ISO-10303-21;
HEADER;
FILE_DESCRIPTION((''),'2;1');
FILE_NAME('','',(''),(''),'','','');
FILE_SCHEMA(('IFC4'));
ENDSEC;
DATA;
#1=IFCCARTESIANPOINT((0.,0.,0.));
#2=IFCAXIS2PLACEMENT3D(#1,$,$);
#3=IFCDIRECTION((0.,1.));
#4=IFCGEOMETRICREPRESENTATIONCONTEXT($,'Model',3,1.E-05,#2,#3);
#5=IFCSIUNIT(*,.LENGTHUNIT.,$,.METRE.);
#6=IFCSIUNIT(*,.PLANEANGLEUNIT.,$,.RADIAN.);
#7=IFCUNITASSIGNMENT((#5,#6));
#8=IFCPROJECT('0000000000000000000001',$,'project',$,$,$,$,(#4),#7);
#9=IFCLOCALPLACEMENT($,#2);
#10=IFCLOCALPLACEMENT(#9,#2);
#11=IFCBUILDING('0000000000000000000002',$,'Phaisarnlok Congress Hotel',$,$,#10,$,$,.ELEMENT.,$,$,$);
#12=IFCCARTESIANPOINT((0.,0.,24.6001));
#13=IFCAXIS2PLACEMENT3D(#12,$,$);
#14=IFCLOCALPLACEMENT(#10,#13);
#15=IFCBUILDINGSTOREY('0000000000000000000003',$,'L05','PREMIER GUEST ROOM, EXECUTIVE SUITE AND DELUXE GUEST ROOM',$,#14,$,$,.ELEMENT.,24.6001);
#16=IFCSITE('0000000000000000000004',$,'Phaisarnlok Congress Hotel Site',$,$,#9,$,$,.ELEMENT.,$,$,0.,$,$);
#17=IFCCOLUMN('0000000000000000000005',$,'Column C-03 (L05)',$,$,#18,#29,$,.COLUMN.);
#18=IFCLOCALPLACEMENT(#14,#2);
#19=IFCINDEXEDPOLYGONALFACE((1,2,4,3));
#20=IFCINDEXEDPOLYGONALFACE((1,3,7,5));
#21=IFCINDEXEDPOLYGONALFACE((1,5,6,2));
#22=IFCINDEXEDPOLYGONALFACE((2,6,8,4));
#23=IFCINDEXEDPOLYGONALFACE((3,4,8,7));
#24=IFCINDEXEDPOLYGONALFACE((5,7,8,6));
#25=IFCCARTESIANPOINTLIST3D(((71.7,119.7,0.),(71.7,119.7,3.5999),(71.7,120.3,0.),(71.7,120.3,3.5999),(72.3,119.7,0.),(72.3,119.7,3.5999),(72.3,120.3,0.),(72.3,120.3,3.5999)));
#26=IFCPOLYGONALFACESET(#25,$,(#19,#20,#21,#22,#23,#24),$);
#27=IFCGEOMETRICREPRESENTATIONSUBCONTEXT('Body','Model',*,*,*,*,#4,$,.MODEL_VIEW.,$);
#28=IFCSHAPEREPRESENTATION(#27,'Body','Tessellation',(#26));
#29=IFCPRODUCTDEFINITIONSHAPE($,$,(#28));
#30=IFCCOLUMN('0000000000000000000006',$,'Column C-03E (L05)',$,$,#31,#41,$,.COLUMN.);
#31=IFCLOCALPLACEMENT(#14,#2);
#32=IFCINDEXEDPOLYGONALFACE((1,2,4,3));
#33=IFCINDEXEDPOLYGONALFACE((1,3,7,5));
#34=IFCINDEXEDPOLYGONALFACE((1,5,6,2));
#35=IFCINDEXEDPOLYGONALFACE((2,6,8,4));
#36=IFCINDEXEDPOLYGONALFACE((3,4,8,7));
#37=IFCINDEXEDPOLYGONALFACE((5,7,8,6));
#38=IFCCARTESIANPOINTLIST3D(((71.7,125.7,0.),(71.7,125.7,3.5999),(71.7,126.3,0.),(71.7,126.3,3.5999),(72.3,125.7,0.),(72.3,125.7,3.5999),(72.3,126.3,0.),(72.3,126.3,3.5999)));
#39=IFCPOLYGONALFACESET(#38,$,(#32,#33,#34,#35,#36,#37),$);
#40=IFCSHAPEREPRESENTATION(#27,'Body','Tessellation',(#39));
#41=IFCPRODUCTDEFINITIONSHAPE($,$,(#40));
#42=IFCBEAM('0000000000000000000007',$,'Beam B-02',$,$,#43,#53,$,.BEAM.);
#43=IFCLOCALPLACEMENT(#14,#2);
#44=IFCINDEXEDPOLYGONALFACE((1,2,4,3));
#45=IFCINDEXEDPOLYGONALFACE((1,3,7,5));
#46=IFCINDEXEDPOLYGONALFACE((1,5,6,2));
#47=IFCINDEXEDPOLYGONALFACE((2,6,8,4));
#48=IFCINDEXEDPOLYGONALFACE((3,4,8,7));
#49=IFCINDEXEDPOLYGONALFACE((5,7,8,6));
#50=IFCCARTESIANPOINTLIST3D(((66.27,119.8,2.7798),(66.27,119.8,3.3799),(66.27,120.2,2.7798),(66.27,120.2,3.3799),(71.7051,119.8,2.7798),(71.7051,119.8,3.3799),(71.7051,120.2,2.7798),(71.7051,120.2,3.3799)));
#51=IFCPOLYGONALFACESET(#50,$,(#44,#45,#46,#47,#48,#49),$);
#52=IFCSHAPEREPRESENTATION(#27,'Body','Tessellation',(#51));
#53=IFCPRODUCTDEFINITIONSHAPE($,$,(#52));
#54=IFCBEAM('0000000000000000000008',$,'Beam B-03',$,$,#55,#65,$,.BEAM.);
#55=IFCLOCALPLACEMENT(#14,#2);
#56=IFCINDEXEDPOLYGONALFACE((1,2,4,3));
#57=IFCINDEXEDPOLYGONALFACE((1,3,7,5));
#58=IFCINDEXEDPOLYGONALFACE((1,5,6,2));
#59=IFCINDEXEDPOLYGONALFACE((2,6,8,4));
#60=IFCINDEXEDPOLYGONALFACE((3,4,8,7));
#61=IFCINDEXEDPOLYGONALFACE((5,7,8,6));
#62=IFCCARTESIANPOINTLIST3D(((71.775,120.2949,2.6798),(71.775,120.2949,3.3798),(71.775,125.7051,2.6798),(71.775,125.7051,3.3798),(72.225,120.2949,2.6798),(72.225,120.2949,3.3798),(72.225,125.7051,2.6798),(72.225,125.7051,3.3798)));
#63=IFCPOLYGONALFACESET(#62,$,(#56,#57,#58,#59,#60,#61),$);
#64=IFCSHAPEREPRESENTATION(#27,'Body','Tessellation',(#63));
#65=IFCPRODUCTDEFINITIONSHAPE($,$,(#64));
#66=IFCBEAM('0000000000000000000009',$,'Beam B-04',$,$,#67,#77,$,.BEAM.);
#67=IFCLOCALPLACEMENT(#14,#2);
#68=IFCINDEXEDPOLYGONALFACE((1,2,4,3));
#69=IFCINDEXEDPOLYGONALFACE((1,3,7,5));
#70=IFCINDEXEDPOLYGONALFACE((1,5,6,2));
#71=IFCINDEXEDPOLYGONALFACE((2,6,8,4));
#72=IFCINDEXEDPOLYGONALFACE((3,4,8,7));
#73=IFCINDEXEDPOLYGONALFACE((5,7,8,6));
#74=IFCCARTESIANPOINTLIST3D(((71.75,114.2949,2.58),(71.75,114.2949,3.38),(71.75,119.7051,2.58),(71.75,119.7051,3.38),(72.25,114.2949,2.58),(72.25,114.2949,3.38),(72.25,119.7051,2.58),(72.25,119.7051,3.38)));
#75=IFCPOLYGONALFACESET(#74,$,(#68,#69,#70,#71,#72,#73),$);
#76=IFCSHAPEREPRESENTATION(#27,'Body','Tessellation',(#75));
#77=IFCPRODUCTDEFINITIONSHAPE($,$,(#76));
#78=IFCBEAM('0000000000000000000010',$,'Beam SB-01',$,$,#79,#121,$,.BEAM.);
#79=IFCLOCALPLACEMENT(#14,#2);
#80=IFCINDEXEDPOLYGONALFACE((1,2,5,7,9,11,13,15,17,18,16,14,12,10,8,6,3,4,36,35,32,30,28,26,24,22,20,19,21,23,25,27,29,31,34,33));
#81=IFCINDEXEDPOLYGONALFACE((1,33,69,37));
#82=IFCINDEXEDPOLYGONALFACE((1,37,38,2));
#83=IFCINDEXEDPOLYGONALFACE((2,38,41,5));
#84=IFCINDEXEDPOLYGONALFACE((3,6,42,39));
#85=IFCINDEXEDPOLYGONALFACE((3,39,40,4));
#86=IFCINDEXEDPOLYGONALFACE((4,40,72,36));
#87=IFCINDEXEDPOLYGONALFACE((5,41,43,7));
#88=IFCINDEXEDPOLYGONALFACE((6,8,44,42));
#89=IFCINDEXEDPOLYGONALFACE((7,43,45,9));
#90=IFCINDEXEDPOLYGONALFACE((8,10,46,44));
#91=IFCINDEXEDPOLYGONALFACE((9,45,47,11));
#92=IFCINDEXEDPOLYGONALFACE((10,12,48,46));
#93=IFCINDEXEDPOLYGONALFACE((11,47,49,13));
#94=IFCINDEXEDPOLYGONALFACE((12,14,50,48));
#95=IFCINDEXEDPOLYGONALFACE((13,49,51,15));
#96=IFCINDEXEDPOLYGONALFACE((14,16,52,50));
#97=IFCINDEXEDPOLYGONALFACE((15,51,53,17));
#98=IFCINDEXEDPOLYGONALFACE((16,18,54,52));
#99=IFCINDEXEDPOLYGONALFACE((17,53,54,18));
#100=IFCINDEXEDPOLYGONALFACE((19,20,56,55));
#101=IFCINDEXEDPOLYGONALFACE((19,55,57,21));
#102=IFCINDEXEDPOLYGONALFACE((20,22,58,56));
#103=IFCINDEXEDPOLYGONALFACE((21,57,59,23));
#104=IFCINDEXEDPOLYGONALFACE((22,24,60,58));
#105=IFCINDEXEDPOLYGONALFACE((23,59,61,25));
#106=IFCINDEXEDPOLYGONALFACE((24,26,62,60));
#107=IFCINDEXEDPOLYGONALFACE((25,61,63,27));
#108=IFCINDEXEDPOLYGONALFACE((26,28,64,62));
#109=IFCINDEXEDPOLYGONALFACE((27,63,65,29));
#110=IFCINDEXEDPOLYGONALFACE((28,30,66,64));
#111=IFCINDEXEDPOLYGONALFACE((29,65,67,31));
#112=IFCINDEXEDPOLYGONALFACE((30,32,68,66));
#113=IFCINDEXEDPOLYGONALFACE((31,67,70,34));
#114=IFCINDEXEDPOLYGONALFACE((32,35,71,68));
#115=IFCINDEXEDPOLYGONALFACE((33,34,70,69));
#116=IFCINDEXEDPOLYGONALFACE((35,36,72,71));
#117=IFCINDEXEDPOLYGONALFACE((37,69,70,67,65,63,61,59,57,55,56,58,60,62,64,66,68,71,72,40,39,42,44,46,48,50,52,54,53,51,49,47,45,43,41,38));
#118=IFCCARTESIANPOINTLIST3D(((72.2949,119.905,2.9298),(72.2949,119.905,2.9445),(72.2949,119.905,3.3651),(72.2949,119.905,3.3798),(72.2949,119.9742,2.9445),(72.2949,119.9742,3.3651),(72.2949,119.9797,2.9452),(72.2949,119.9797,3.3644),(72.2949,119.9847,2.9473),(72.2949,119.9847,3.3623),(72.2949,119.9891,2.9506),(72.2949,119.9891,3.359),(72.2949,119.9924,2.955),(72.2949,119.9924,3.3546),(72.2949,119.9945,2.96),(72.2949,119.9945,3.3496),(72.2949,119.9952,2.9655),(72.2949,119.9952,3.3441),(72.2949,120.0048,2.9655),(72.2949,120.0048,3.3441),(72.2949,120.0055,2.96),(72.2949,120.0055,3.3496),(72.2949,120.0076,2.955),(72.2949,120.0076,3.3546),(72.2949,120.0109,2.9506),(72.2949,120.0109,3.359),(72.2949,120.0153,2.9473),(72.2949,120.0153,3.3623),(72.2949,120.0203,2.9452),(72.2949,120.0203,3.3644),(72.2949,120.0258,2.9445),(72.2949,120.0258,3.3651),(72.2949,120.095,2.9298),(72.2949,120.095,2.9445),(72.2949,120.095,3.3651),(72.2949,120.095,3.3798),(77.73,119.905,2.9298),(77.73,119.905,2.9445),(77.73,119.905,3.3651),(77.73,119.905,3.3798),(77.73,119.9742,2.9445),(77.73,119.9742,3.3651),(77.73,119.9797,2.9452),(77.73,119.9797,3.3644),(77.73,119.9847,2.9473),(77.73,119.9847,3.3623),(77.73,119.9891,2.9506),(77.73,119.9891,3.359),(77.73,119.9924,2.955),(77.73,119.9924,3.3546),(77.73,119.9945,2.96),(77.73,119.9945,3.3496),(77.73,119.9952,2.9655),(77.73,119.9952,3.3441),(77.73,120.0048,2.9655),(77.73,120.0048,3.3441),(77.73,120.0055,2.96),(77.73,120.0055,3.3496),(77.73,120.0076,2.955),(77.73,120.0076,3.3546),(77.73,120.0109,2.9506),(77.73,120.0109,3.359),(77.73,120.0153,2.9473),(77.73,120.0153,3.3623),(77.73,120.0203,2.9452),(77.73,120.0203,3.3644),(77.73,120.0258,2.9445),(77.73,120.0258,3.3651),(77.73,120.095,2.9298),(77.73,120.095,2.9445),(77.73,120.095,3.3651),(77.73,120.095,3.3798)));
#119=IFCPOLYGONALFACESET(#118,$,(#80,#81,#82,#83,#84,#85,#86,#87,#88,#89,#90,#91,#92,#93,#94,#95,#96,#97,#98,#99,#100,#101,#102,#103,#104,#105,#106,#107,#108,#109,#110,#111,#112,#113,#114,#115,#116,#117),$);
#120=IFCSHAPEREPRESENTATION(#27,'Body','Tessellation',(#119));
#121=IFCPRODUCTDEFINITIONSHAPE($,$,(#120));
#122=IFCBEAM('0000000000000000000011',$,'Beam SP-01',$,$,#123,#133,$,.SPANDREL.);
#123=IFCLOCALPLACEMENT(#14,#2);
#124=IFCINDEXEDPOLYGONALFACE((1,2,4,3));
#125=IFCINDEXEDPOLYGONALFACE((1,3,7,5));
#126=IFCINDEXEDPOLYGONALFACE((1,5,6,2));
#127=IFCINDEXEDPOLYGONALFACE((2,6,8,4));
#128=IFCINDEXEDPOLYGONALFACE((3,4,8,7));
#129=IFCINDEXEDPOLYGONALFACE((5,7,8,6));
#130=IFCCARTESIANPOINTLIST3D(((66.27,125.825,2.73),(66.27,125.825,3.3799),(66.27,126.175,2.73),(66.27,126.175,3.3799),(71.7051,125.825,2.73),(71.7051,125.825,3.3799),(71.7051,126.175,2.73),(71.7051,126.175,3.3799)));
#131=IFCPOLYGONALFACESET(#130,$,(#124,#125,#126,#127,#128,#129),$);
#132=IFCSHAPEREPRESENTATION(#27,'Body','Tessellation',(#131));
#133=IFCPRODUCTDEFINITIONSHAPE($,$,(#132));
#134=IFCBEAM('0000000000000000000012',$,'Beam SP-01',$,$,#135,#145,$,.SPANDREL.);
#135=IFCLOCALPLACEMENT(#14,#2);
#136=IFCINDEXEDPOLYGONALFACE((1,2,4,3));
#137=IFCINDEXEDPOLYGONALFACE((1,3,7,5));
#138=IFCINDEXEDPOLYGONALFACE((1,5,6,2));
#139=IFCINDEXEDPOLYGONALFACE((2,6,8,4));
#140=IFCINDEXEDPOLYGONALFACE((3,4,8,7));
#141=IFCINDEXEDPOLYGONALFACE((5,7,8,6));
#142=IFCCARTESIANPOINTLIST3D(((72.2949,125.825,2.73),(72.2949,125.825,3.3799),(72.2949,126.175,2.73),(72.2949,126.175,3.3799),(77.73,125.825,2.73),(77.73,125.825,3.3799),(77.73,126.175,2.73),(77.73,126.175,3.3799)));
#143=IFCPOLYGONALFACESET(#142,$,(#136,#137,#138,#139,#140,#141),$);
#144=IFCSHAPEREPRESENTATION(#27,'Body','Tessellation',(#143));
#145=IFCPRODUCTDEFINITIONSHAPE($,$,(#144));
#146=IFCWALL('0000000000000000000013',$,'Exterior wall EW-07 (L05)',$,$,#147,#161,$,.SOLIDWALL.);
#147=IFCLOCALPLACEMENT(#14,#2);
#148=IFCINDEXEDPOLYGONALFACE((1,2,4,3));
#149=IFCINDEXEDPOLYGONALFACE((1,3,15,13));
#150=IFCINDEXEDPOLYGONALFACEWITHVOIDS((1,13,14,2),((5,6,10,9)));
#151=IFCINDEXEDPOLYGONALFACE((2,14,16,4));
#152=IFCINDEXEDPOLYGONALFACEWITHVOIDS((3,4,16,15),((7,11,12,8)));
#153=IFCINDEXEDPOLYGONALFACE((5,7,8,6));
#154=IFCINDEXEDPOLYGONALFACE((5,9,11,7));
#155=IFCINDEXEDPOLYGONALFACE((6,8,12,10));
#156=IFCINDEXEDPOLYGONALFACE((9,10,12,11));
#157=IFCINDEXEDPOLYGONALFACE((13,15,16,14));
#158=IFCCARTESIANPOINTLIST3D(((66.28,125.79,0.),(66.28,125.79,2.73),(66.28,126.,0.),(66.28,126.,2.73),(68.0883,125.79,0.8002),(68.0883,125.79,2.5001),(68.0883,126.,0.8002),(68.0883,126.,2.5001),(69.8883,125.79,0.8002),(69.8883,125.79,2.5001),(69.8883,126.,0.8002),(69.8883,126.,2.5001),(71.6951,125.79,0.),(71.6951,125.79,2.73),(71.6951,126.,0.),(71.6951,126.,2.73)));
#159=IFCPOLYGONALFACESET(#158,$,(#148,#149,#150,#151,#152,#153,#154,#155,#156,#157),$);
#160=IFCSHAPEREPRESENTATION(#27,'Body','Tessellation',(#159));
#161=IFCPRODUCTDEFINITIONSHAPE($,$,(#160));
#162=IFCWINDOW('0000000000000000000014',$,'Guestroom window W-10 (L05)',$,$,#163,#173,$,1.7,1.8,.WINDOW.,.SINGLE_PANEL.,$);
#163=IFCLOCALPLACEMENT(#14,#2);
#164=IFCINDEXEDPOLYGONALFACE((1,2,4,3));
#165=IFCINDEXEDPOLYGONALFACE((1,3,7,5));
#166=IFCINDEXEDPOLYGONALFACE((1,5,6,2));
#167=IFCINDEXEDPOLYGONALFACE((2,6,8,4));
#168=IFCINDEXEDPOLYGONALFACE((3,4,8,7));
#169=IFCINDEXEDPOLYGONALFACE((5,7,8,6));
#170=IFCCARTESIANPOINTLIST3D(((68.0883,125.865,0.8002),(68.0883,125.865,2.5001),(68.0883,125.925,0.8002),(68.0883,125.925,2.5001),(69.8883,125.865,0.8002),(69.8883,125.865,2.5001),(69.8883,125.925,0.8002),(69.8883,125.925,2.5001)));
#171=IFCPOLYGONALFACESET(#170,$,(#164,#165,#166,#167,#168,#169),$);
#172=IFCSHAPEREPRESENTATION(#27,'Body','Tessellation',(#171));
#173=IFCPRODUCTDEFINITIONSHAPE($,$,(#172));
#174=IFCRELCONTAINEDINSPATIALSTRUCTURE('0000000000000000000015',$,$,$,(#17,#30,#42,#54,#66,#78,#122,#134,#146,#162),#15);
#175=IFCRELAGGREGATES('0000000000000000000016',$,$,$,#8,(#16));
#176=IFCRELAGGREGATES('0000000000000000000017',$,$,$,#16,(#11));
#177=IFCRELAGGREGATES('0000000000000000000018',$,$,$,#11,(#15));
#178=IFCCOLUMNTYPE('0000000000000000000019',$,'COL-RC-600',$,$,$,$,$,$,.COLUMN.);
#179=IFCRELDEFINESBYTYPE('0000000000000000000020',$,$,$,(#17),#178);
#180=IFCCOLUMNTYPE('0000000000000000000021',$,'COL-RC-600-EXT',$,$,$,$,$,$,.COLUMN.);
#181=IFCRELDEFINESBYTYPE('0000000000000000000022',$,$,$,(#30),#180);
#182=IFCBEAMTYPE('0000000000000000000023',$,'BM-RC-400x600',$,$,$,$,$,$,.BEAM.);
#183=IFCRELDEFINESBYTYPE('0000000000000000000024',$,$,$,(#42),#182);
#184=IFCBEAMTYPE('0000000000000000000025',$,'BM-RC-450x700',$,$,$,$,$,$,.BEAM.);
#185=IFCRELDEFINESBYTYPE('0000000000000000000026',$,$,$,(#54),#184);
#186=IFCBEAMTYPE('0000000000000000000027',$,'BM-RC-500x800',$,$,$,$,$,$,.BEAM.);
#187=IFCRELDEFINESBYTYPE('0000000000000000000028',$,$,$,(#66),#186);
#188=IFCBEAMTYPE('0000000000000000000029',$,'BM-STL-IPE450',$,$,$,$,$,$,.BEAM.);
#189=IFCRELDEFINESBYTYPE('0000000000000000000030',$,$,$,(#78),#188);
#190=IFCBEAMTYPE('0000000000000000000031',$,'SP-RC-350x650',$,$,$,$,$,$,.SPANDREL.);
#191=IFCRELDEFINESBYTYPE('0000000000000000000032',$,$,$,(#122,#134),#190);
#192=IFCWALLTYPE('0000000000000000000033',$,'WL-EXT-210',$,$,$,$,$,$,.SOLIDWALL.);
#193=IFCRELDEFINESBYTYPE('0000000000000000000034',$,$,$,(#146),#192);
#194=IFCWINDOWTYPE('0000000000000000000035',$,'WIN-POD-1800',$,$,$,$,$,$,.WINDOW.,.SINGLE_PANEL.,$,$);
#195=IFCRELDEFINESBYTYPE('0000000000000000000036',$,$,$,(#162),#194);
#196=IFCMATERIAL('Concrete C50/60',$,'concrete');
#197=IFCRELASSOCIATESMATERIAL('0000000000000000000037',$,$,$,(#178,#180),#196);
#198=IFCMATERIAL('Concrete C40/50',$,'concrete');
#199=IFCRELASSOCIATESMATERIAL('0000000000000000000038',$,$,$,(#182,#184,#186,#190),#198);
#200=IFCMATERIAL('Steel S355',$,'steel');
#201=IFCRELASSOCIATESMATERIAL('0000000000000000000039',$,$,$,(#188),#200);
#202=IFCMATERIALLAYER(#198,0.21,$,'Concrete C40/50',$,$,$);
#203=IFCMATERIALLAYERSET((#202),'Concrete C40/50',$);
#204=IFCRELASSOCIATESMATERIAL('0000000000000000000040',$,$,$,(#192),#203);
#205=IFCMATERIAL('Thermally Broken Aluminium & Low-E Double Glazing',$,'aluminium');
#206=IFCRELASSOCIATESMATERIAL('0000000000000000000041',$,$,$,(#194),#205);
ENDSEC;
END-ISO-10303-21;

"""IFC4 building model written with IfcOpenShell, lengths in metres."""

from ifc_helpers import new_model, si_unit, direction, frame, frame_2d, origin, origin_2d, place, context, subcontext, project, spatial, rectangle, i_section, extrude, material, layer, layer_set, material_profile, profile_set, type_object, element, fill, save


model = new_model("IFC4")

# Units and contexts
model_context = context("Model", 3, precision=1e-05, world=origin(), true_north=direction((0.0, 1.0)))
body_context = subcontext(model_context, "Body", "Model", "MODEL_VIEW")
ifc_project = project(units=[si_unit("LENGTHUNIT", "METRE"), si_unit("PLANEANGLEUNIT", "RADIAN")], contexts=[model_context])

# Site, building, storey
site_placement = place(None, origin())
site = spatial("IfcSite", under=ifc_project, at=site_placement, Name="Phaisarnlok Congress Hotel Site", CompositionType="ELEMENT", RefElevation=0.0)
building_placement = place(site_placement, origin())
building = spatial("IfcBuilding", under=site, at=building_placement, Name="Phaisarnlok Congress Hotel", CompositionType="ELEMENT")
storey_placement = place(building_placement, frame((0.0, 0.0, 24.6001)))
storey = spatial("IfcBuildingStorey", under=building, at=storey_placement, Name="L05", Description="PREMIER GUEST ROOM, EXECUTIVE SUITE AND DELUXE GUEST ROOM", CompositionType="ELEMENT", Elevation=24.6001)

# Columns
ifc_material_1 = material(Name="Concrete C50/60", Category="concrete")
ifc_material_profile_1 = material_profile(ifc_material_1, rectangle(XDim=0.6001, YDim=0.6001, at=origin_2d()), Name="RC 600x600")
ifc_profile_set_1 = profile_set([ifc_material_profile_1], Name="Concrete C50/60")
column_type_1 = type_object("IfcColumnType", Name="COL-RC-600", PredefinedType="COLUMN", material=ifc_profile_set_1)
column_1_placement = place(storey_placement, frame((72.0, 120.0, 0.0), z_axis=(0.0, 0.0, 1.0), x_axis=(1.0, 0.0, 0.0)))
element("IfcColumn", 1, at=column_1_placement, inside=storey, type_object=column_type_1, Name="Column C-03 (L05)", PredefinedType="COLUMN", context=body_context, shape_type="SweptSolid", body=[
    extrude(rectangle(XDim=0.6001, YDim=0.6001, at=origin_2d()), origin(), (0.0, 0.0, 1.0), 3.5999),
])
ifc_material_profile_2 = material_profile(ifc_material_1, rectangle(XDim=0.6001, YDim=0.6001, at=origin_2d()), Name="RC 600x600")
ifc_profile_set_2 = profile_set([ifc_material_profile_2], Name="Concrete C50/60")
column_type_2 = type_object("IfcColumnType", Name="COL-RC-600-EXT", PredefinedType="COLUMN", material=ifc_profile_set_2)
column_2_placement = place(storey_placement, frame((72.0, 126.0, 0.0), z_axis=(0.0, 0.0, 1.0), x_axis=(1.0, 0.0, 0.0)))
element("IfcColumn", 2, at=column_2_placement, inside=storey, type_object=column_type_2, Name="Column C-03E (L05)", PredefinedType="COLUMN", context=body_context, shape_type="SweptSolid", body=[
    extrude(rectangle(XDim=0.6001, YDim=0.6001, at=origin_2d()), origin(), (0.0, 0.0, 1.0), 3.5999),
])

# Beams
ifc_material_2 = material(Name="Concrete C40/50", Category="concrete")
ifc_material_profile_3 = material_profile(ifc_material_2, rectangle(XDim=0.3999, YDim=0.6001, at=origin_2d()), Name="RC 400x600")
ifc_profile_set_3 = profile_set([ifc_material_profile_3], Name="Concrete C40/50")
beam_type_1 = type_object("IfcBeamType", Name="BM-RC-400x600", PredefinedType="BEAM", material=ifc_profile_set_3)
beam_1_placement = place(storey_placement, frame((66.27, 120.0, 3.0798), z_axis=(1.0, 0.0, 0.0), x_axis=(0.0, 1.0, 0.0)))
element("IfcBeam", 3, at=beam_1_placement, inside=storey, type_object=beam_type_1, Name="Beam B-02", PredefinedType="BEAM", context=body_context, shape_type="SweptSolid", body=[
    extrude(rectangle(XDim=0.3999, YDim=0.6001, at=origin_2d()), origin(), (0.0, 0.0, 1.0), 5.4351),
])
ifc_material_profile_4 = material_profile(ifc_material_2, rectangle(XDim=0.45, YDim=0.7, at=origin_2d()), Name="RC 450x700")
ifc_profile_set_4 = profile_set([ifc_material_profile_4], Name="Concrete C40/50")
beam_type_2 = type_object("IfcBeamType", Name="BM-RC-450x700", PredefinedType="BEAM", material=ifc_profile_set_4)
beam_2_placement = place(storey_placement, frame((72.0, 120.2949, 3.0298), z_axis=(0.0, 1.0, 0.0), x_axis=(-1.0, 0.0, 0.0)))
element("IfcBeam", 4, at=beam_2_placement, inside=storey, type_object=beam_type_2, Name="Beam B-03", PredefinedType="BEAM", context=body_context, shape_type="SweptSolid", body=[
    extrude(rectangle(XDim=0.45, YDim=0.7, at=origin_2d()), origin(), (0.0, 0.0, 1.0), 5.4102),
])
ifc_material_profile_5 = material_profile(ifc_material_2, rectangle(XDim=0.5, YDim=0.8, at=origin_2d()), Name="RC 500x800")
ifc_profile_set_5 = profile_set([ifc_material_profile_5], Name="Concrete C40/50")
beam_type_3 = type_object("IfcBeamType", Name="BM-RC-500x800", PredefinedType="BEAM", material=ifc_profile_set_5)
beam_3_placement = place(storey_placement, frame((72.0, 114.2949, 2.98), z_axis=(0.0, 1.0, 0.0), x_axis=(-1.0, 0.0, 0.0)))
element("IfcBeam", 5, at=beam_3_placement, inside=storey, type_object=beam_type_3, Name="Beam B-04", PredefinedType="BEAM", context=body_context, shape_type="SweptSolid", body=[
    extrude(rectangle(XDim=0.5, YDim=0.8, at=origin_2d()), origin(), (0.0, 0.0, 1.0), 5.4102),
])
ifc_material_3 = material(Name="Steel S355", Category="steel")
ifc_material_profile_6 = material_profile(ifc_material_3, i_section(OverallWidth=0.1899, OverallDepth=0.45, WebThickness=0.0095, FlangeThickness=0.0146, FilletRadius=0.021, at=origin_2d()), Name="IPE 450")
ifc_profile_set_6 = profile_set([ifc_material_profile_6], Name="Steel S355")
beam_type_4 = type_object("IfcBeamType", Name="BM-STL-IPE450", PredefinedType="BEAM", material=ifc_profile_set_6)
beam_4_placement = place(storey_placement, frame((72.2949, 120.0, 3.1548), z_axis=(1.0, 0.0, 0.0), x_axis=(0.0, 1.0, 0.0)))
element("IfcBeam", 6, at=beam_4_placement, inside=storey, type_object=beam_type_4, Name="Beam SB-01", PredefinedType="BEAM", context=body_context, shape_type="SweptSolid", body=[
    extrude(i_section(OverallWidth=0.1899, OverallDepth=0.45, WebThickness=0.0095, FlangeThickness=0.0146, FilletRadius=0.021, at=origin_2d()), origin(), (0.0, 0.0, 1.0), 5.4351),
])
ifc_material_profile_7 = material_profile(ifc_material_2, rectangle(XDim=0.3501, YDim=0.6499, at=origin_2d()), Name="RC 350x650")
ifc_profile_set_7 = profile_set([ifc_material_profile_7], Name="Concrete C40/50")
beam_type_5 = type_object("IfcBeamType", Name="SP-RC-350x650", PredefinedType="SPANDREL", material=ifc_profile_set_7)
for number, where, z_axis, x_axis, name in (
    (7, (66.27, 126.0, 3.0549), (1.0, 0.0, 0.0), (0.0, 1.0, 0.0), "Beam SP-01"),
    (8, (72.2949, 126.0, 3.0549), (1.0, 0.0, 0.0), (0.0, 1.0, 0.0), "Beam SP-01"),
):
    element("IfcBeam", number, at=place(storey_placement, frame(where, z_axis=z_axis, x_axis=x_axis)), inside=storey, type_object=beam_type_5, Name=name, PredefinedType="SPANDREL", context=body_context, shape_type="SweptSolid", body=[
        extrude(rectangle(XDim=0.3501, YDim=0.6499, at=origin_2d()), origin(), (0.0, 0.0, 1.0), 5.4351),
    ])

# Wall, opening, window
ifc_layer_1 = layer(ifc_material_2, 0.21, Name="Concrete C40/50")
ifc_layer_set_1 = layer_set([ifc_layer_1], Name="Concrete C40/50")
wall_type_1 = type_object("IfcWallType", Name="WL-EXT-210", PredefinedType="SOLIDWALL", material=ifc_layer_set_1)
wall_1_placement = place(storey_placement, frame((71.6951, 125.895, 0.0), z_axis=(0.0, 0.0, 1.0), x_axis=(-1.0, 0.0, 0.0)))
wall_1 = element("IfcWall", 9, at=wall_1_placement, inside=storey, type_object=wall_type_1, Name="Exterior wall EW-07 (L05)", PredefinedType="SOLIDWALL", context=body_context, shape_type="SweptSolid", body=[
    extrude(rectangle(XDim=5.415, YDim=0.21, at=frame_2d((2.7075, 0.0))), origin(), (0.0, 0.0, 1.0), 2.73),
])
opening_1_placement = place(wall_1_placement, frame((1.8069, 0.0, 0.8)))
opening_1 = element("IfcOpeningElement", 10, at=opening_1_placement, cuts=wall_1, PredefinedType="OPENING", context=body_context, shape_type="SweptSolid", body=[
    extrude(rectangle(XDim=1.8, YDim=1.7, at=frame_2d((0.8999, 0.8501))), frame((0.0, 0.115, 0.0), z_axis=(0.0, -1.0, 0.0), x_axis=(1.0, 0.0, 0.0)), (0.0, 0.0, 1.0), 0.23),
])
ifc_material_4 = material(Name="Thermally Broken Aluminium & Low-E Double Glazing", Category="aluminium")
window_type = type_object("IfcWindowType", Name="WIN-POD-1800", PartitioningType="SINGLE_PANEL", PredefinedType="WINDOW", material=ifc_material_4)
window_placement = place(opening_1_placement, origin())
window = element("IfcWindow", 11, at=window_placement, inside=storey, type_object=window_type, Name="Guestroom window W-10 (L05)", OverallHeight=1.7, OverallWidth=1.8, PartitioningType="SINGLE_PANEL", PredefinedType="WINDOW", context=body_context, shape_type="SweptSolid", body=[
    extrude(rectangle(XDim=1.8, YDim=1.7, at=frame_2d((0.8999, 0.8501))), frame((0.0, 0.03, 0.0), z_axis=(0.0, -1.0, 0.0), x_axis=(1.0, 0.0, 0.0)), (0.0, 0.0, 1.0), 0.0601),
])
fill(opening_1, window)

save(model, "model.ifc")
